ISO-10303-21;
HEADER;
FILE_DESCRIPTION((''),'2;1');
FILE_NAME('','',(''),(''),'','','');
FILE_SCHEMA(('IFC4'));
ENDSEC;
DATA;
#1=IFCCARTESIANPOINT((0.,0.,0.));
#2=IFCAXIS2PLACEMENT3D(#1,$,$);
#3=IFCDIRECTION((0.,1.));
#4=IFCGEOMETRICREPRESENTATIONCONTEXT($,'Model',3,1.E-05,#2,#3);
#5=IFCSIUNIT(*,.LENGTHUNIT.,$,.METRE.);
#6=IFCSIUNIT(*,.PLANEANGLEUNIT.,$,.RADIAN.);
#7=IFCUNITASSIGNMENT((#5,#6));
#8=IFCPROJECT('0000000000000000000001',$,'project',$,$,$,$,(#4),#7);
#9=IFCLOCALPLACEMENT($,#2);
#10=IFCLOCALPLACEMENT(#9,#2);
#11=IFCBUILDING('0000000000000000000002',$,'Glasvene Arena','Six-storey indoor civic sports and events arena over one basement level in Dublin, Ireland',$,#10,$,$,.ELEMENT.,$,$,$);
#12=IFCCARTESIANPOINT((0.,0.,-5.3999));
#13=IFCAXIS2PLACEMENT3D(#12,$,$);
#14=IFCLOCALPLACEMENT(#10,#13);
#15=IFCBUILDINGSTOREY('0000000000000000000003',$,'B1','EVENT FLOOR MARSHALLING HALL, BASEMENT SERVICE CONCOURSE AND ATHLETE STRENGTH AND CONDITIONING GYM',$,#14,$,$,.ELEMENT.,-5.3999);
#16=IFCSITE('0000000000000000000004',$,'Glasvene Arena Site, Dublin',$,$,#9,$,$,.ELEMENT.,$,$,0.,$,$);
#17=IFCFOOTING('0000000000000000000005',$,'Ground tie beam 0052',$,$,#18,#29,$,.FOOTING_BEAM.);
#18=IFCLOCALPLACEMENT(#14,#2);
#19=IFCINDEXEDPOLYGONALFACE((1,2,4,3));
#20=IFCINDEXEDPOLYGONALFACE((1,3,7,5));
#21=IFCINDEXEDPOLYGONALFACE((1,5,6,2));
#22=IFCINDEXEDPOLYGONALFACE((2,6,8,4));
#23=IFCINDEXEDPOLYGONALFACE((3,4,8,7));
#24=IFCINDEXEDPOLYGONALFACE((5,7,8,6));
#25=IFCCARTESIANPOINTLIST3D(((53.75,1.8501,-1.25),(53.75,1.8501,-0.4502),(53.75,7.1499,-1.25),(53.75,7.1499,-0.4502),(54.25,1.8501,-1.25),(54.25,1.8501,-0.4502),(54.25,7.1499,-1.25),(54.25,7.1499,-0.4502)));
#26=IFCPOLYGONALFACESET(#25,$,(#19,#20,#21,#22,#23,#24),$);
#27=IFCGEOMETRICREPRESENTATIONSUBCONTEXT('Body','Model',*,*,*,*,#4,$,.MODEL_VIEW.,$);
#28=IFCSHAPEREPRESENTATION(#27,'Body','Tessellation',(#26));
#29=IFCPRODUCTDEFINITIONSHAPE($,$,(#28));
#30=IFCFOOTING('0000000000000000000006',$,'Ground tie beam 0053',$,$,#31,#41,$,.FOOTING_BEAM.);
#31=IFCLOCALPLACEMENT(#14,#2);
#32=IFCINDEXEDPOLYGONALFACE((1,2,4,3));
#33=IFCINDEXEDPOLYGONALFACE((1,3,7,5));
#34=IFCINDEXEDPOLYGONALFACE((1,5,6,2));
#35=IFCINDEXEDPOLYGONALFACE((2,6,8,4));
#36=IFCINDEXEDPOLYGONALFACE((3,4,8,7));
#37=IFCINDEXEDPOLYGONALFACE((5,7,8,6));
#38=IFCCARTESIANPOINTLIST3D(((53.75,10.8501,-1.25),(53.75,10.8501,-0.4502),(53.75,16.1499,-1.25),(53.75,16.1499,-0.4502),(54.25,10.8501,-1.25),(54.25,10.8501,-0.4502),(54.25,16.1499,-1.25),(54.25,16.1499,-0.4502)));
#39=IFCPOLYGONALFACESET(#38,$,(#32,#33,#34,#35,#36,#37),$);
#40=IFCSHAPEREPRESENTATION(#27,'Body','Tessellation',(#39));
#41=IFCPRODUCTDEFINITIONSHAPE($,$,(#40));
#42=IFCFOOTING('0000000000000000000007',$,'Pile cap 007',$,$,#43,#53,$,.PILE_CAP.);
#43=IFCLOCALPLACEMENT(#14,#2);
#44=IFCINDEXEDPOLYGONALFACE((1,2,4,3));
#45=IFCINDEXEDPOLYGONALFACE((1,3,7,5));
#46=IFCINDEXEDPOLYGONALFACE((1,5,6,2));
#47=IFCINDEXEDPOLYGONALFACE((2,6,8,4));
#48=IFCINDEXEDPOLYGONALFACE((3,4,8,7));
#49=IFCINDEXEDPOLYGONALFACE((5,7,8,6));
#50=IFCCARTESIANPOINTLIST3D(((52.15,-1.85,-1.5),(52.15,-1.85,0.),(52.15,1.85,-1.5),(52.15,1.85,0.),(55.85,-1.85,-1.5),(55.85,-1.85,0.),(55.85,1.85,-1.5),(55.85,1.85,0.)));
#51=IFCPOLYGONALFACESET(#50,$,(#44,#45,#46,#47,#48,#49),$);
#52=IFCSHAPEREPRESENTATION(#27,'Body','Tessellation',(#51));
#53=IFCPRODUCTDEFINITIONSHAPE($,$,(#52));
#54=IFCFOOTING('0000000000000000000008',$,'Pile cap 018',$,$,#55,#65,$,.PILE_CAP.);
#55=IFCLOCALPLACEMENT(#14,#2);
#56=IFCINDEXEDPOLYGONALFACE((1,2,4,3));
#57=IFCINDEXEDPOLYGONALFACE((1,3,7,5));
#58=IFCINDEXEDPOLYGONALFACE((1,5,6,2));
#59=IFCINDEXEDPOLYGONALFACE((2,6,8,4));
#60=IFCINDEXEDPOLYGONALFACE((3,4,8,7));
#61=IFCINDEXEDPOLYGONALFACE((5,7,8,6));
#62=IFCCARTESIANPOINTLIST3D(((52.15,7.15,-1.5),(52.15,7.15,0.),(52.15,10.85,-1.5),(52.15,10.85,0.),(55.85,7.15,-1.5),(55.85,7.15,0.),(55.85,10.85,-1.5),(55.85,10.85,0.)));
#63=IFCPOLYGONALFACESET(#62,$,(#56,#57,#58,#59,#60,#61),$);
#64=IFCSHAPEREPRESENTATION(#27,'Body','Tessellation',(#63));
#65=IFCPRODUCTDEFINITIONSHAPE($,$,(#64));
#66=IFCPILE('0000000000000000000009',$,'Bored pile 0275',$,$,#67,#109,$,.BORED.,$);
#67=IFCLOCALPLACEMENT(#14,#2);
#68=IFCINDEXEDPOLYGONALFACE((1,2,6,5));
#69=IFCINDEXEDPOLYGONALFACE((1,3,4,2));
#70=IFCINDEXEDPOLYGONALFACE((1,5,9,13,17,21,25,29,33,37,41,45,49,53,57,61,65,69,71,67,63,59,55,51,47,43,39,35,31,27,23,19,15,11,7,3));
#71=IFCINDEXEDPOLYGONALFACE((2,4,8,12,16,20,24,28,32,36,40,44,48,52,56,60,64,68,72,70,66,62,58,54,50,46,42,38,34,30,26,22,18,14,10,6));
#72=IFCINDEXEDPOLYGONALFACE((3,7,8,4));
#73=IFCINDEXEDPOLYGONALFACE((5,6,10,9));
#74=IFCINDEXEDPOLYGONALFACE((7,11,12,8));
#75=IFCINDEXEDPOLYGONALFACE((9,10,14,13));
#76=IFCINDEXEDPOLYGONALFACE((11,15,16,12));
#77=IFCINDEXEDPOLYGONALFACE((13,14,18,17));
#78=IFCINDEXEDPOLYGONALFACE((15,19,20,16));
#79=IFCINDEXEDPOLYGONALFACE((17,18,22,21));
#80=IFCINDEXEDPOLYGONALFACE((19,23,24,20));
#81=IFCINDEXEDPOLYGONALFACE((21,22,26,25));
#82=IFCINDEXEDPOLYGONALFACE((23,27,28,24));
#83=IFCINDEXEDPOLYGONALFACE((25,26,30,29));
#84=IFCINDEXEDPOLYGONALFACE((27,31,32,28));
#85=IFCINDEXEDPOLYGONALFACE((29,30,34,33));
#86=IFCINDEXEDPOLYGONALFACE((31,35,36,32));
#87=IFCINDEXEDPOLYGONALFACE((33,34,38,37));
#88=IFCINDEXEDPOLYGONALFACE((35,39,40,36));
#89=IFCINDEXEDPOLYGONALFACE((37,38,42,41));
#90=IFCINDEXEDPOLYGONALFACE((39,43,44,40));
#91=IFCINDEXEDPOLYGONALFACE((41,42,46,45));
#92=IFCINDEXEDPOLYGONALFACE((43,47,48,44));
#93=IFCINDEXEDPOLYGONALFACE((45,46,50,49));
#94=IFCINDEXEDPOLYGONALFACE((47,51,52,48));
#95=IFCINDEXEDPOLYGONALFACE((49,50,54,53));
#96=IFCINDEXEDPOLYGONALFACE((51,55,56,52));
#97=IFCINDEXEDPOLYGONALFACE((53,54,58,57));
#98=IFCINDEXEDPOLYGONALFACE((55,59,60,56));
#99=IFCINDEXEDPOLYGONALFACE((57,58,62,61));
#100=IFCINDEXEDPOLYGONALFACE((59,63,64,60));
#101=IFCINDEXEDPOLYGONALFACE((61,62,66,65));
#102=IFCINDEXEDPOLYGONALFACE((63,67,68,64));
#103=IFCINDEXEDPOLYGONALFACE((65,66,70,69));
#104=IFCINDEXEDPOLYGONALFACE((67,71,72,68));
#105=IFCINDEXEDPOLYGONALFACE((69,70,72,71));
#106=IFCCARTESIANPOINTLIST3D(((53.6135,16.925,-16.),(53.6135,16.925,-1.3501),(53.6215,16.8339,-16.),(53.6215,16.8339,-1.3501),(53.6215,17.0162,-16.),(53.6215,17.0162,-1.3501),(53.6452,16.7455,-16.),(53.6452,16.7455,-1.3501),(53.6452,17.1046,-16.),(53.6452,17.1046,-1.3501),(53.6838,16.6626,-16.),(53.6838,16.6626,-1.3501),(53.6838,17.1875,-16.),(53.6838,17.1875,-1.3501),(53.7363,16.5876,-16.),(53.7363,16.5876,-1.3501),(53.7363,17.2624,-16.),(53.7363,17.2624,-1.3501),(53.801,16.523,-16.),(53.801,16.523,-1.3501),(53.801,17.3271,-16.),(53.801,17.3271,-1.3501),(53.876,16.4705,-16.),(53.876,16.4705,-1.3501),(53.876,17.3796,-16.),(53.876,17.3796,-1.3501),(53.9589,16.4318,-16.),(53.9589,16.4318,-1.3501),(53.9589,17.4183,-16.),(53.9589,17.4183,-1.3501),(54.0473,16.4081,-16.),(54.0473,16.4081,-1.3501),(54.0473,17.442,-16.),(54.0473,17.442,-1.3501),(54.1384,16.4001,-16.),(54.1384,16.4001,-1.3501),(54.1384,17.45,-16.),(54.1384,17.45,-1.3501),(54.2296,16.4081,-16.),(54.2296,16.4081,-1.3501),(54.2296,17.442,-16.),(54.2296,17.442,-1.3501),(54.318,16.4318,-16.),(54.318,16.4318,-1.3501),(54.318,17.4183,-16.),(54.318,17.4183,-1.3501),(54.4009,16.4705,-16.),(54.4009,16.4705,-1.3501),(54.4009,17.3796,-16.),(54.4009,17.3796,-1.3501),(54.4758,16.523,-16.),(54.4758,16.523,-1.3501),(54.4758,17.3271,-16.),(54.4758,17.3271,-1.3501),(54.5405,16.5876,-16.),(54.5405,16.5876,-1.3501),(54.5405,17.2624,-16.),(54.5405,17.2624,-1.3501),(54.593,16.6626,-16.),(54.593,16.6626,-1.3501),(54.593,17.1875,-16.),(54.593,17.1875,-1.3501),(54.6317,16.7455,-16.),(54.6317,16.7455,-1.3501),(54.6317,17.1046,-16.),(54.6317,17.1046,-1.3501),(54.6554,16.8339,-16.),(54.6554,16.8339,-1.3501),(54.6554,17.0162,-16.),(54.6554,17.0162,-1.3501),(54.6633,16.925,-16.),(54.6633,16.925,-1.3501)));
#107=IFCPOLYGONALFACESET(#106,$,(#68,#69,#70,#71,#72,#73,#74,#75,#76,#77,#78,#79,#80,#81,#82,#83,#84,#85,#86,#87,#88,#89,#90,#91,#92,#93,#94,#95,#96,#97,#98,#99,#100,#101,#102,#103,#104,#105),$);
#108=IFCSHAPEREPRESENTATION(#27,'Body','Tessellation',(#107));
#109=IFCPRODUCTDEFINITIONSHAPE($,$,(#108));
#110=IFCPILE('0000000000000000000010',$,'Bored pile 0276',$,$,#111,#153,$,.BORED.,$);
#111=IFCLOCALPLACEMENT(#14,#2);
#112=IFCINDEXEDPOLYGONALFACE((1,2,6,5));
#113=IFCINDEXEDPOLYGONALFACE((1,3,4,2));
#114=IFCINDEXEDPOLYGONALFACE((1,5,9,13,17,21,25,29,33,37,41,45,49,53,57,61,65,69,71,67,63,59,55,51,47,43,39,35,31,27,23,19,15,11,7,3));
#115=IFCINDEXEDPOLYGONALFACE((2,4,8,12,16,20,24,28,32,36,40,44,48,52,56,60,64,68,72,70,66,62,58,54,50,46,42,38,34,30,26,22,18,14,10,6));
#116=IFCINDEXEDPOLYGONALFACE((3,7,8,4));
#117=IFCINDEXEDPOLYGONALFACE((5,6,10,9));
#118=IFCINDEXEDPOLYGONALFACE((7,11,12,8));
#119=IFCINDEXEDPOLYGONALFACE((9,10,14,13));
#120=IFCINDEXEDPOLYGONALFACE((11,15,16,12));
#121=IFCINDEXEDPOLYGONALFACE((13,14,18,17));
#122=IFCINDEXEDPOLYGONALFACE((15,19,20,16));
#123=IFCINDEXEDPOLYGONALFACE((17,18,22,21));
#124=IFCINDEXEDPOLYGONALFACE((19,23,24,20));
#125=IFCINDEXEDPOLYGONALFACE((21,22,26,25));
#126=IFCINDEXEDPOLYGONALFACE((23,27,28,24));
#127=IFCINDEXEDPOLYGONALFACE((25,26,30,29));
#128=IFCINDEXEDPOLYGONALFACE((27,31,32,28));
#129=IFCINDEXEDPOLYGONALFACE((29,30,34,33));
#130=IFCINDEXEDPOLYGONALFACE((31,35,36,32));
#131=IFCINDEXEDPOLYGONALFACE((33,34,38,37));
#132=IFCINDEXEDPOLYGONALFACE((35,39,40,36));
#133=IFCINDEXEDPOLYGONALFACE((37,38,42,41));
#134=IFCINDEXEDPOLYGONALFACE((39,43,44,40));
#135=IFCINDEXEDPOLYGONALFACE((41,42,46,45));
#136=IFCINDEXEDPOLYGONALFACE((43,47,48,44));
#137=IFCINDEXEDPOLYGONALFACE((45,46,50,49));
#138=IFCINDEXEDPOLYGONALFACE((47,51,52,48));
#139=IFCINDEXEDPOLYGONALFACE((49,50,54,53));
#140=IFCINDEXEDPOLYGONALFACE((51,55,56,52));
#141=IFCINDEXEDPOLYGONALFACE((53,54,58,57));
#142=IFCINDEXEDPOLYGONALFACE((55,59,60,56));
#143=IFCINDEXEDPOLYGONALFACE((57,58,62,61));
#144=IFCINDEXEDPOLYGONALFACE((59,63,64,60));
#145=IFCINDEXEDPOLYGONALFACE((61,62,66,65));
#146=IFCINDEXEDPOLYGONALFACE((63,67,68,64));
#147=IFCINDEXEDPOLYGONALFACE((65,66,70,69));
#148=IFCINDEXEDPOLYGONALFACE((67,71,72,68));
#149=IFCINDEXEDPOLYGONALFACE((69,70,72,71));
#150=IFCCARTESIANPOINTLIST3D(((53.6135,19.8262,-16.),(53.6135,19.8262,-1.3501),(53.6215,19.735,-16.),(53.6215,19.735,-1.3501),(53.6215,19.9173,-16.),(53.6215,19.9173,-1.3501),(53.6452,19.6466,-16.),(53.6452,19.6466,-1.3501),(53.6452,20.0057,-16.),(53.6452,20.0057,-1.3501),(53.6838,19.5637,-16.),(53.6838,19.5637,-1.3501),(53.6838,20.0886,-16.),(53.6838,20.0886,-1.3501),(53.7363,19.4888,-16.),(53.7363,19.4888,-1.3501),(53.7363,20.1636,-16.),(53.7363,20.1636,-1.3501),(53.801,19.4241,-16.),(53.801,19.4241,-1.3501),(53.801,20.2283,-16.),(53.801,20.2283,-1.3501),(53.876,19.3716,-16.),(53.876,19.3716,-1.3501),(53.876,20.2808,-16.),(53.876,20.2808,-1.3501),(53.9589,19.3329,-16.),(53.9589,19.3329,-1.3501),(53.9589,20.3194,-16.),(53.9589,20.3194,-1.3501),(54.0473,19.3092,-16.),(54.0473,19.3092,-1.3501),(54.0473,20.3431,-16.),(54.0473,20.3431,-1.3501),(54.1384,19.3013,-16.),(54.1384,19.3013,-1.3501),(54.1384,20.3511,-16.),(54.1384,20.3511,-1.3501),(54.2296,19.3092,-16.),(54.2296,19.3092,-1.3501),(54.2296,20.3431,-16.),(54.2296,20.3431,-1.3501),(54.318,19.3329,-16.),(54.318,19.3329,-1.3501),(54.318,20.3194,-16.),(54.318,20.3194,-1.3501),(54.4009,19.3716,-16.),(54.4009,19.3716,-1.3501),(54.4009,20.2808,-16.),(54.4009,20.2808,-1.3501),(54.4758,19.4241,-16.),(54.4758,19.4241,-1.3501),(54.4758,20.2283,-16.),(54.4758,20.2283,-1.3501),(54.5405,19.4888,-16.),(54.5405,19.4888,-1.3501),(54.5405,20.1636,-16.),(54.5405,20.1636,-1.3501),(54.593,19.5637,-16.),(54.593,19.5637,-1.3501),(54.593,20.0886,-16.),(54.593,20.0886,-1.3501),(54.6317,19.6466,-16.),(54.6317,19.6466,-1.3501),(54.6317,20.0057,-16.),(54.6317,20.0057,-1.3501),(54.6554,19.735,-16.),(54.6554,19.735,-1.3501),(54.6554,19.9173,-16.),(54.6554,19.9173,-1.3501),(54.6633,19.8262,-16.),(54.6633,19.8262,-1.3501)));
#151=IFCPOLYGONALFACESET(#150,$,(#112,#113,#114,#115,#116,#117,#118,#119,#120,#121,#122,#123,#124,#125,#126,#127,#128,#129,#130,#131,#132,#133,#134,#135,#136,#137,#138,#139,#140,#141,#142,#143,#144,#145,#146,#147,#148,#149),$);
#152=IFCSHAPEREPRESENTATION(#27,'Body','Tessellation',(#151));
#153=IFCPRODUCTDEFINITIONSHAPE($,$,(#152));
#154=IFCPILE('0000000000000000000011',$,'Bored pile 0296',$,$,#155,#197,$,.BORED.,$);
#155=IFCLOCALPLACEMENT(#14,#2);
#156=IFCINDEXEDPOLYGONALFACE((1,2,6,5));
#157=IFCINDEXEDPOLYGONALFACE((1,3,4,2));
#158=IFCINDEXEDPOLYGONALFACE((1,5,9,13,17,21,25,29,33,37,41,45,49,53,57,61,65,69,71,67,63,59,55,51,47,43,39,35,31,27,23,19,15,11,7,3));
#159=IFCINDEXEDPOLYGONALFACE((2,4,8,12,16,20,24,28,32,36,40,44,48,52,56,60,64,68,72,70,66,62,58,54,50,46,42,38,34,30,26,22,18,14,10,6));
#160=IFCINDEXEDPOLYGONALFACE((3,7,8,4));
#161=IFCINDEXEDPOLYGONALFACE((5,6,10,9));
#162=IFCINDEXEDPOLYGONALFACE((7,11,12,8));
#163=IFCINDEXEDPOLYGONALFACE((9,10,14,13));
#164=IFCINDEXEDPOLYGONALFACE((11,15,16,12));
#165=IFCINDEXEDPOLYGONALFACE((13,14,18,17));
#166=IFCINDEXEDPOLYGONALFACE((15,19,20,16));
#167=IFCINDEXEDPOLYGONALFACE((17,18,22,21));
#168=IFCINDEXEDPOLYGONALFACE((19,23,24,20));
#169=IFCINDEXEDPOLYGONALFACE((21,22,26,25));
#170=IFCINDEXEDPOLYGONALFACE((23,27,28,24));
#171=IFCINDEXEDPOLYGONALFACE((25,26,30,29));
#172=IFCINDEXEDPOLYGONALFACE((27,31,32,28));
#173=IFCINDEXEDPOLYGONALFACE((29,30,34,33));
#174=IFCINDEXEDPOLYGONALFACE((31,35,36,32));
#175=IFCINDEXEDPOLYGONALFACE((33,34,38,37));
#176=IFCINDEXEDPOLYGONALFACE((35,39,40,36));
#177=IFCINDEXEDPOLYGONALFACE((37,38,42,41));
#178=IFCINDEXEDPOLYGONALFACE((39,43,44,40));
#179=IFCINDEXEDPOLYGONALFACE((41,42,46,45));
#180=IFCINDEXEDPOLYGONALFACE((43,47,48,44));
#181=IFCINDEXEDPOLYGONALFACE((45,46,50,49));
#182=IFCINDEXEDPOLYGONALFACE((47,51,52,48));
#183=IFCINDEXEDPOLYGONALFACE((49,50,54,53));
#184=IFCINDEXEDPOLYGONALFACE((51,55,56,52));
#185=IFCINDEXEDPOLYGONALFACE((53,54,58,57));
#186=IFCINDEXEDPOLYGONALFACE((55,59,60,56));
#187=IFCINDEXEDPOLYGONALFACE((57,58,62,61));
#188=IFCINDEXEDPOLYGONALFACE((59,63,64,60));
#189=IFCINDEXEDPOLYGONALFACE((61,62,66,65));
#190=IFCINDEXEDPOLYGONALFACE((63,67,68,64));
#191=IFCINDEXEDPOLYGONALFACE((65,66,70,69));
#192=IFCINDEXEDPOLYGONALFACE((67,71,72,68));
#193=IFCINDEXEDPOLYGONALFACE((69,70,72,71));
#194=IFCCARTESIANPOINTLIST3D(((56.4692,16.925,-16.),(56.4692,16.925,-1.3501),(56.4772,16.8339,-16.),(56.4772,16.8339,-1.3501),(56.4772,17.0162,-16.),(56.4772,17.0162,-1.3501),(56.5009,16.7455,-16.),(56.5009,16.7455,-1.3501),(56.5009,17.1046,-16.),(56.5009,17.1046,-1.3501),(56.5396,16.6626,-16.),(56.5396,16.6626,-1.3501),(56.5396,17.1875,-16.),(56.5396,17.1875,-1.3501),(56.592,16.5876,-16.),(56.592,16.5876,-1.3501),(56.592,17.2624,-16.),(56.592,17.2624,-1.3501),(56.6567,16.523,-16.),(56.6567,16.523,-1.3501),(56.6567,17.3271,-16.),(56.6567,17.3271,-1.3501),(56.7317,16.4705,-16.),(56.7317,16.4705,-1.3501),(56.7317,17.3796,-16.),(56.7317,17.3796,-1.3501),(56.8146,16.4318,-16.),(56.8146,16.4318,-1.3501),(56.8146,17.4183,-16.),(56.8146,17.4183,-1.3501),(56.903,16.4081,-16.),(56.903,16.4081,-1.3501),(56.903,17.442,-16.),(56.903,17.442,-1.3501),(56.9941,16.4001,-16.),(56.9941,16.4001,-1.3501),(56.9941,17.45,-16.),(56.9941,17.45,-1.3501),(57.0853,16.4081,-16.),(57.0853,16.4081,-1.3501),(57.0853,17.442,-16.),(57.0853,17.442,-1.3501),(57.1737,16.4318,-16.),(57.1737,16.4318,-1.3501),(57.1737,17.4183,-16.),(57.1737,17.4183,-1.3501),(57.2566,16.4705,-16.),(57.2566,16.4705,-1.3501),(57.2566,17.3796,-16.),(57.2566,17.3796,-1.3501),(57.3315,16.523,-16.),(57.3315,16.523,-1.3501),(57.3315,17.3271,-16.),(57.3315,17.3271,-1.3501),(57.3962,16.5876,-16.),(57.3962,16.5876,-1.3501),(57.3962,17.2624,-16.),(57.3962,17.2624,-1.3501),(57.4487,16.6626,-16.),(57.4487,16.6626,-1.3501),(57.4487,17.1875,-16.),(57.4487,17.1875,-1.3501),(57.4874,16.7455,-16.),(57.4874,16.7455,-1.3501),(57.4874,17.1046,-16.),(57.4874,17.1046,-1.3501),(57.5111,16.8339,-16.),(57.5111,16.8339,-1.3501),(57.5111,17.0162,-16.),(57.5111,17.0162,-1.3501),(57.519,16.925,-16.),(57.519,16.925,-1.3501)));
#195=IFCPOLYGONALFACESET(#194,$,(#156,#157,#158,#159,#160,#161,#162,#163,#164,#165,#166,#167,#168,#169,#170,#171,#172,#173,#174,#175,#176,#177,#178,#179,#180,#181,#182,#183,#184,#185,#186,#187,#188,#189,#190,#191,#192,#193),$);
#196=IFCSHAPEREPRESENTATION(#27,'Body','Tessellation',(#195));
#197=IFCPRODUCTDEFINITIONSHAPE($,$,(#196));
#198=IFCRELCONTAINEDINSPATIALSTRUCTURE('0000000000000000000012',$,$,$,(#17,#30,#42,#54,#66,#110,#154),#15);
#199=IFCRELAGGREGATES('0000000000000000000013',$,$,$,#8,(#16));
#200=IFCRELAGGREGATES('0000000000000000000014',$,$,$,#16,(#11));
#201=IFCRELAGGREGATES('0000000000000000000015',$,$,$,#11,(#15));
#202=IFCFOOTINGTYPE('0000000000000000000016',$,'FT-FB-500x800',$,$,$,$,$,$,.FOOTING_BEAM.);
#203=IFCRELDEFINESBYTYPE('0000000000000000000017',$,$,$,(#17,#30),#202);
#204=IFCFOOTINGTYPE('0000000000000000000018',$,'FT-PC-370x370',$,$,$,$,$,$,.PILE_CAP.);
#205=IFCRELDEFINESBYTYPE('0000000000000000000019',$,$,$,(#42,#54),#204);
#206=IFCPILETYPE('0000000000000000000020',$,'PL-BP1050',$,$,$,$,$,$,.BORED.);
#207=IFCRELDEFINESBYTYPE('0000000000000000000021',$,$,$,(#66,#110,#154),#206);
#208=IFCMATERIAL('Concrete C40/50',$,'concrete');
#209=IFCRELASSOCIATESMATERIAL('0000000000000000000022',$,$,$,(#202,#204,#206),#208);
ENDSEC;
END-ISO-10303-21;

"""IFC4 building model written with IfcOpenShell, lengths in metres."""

from ifc_helpers import new_model, si_unit, direction, frame, origin, origin_2d, place, context, subcontext, project, spatial, polyline, rectangle, circle, outline, extrude, material, material_profile, profile_set, type_object, element, save


model = new_model("IFC4")

# Units and contexts
model_context = context("Model", 3, precision=1e-05, world=origin(), true_north=direction((0.0, 1.0)))
body_context = subcontext(model_context, "Body", "Model", "MODEL_VIEW")
ifc_project = project(units=[si_unit("LENGTHUNIT", "METRE"), si_unit("PLANEANGLEUNIT", "RADIAN")], contexts=[model_context])

# Site, building, storey
site_placement = place(None, origin())
site = spatial("IfcSite", under=ifc_project, at=site_placement, Name="Glasvene Arena Site, Dublin", CompositionType="ELEMENT", RefElevation=0.0)
building_placement = place(site_placement, origin())
building = spatial("IfcBuilding", under=site, at=building_placement, Name="Glasvene Arena", Description="Six-storey indoor civic sports and events arena over one basement level in Dublin, Ireland", CompositionType="ELEMENT")
storey_placement = place(building_placement, frame((0.0, 0.0, -5.3999)))
storey = spatial("IfcBuildingStorey", under=building, at=storey_placement, Name="B1", Description="EVENT FLOOR MARSHALLING HALL, BASEMENT SERVICE CONCOURSE AND ATHLETE STRENGTH AND CONDITIONING GYM", CompositionType="ELEMENT", Elevation=-5.3999)

# Footings
ifc_material_1 = material(Name="Concrete C40/50", Category="concrete")
footing_type_1 = type_object("IfcFootingType", Name="FT-FB-500x800", PredefinedType="FOOTING_BEAM", material=ifc_material_1)
for number, where, name in (
    (1, (54.0, 4.5, -1.25), "Ground tie beam 0052"),
    (2, (54.0, 13.5, -1.25), "Ground tie beam 0053"),
):
    element("IfcFooting", number, at=place(storey_placement, frame(where)), inside=storey, type_object=footing_type_1, Name=name, PredefinedType="FOOTING_BEAM", context=body_context, shape_type="SweptSolid", body=[
        extrude(outline(polyline([(-0.25, -2.6499), (0.25, -2.6499), (0.25, 2.6499), (-0.25, 2.6499), (-0.25, -2.6499)])), origin(), (0.0, 0.0, 1.0), 0.7998),
    ])
footing_type_2 = type_object("IfcFootingType", Name="FT-PC-370x370", PredefinedType="PILE_CAP", material=ifc_material_1)
for number, where, z_axis, x_axis, name in (
    (3, (54.0, 0.0, -1.5), (0.0, 0.0, 1.0), (1.0, 0.0, 0.0), "Pile cap 007"),
    (4, (54.0, 9.0, -1.5), (0.0, 0.0, 1.0), (1.0, 0.0, 0.0), "Pile cap 018"),
):
    element("IfcFooting", number, at=place(storey_placement, frame(where, z_axis=z_axis, x_axis=x_axis)), inside=storey, type_object=footing_type_2, Name=name, PredefinedType="PILE_CAP", context=body_context, shape_type="SweptSolid", body=[
        extrude(rectangle(XDim=3.7, YDim=3.7, at=origin_2d()), origin(), (0.0, 0.0, 1.0), 1.5),
    ])

# Piles
ifc_material_profile_1 = material_profile(ifc_material_1, circle(Radius=0.5249, at=origin_2d()), Name="BORED PILE 1050")
ifc_profile_set_1 = profile_set([ifc_material_profile_1], Name="Concrete C40/50")
pile_type_1 = type_object("IfcPileType", Name="PL-BP1050", PredefinedType="BORED", material=ifc_profile_set_1)
for number, where, z_axis, x_axis, name in (
    (5, (54.1384, 16.925, -1.3501), (0.0, 0.0, -1.0), (1.0, 0.0, 0.0), "Bored pile 0275"),
    (6, (54.1384, 19.8262, -1.3501), (0.0, 0.0, -1.0), (1.0, 0.0, 0.0), "Bored pile 0276"),
    (7, (56.9941, 16.925, -1.3501), (0.0, 0.0, -1.0), (1.0, 0.0, 0.0), "Bored pile 0296"),
):
    element("IfcPile", number, at=place(storey_placement, frame(where, z_axis=z_axis, x_axis=x_axis)), inside=storey, type_object=pile_type_1, Name=name, PredefinedType="BORED", context=body_context, shape_type="SweptSolid", body=[
        extrude(circle(Radius=0.5249, at=origin_2d()), origin(), (0.0, 0.0, 1.0), 14.6499),
    ])

save(model, "model.ifc")
